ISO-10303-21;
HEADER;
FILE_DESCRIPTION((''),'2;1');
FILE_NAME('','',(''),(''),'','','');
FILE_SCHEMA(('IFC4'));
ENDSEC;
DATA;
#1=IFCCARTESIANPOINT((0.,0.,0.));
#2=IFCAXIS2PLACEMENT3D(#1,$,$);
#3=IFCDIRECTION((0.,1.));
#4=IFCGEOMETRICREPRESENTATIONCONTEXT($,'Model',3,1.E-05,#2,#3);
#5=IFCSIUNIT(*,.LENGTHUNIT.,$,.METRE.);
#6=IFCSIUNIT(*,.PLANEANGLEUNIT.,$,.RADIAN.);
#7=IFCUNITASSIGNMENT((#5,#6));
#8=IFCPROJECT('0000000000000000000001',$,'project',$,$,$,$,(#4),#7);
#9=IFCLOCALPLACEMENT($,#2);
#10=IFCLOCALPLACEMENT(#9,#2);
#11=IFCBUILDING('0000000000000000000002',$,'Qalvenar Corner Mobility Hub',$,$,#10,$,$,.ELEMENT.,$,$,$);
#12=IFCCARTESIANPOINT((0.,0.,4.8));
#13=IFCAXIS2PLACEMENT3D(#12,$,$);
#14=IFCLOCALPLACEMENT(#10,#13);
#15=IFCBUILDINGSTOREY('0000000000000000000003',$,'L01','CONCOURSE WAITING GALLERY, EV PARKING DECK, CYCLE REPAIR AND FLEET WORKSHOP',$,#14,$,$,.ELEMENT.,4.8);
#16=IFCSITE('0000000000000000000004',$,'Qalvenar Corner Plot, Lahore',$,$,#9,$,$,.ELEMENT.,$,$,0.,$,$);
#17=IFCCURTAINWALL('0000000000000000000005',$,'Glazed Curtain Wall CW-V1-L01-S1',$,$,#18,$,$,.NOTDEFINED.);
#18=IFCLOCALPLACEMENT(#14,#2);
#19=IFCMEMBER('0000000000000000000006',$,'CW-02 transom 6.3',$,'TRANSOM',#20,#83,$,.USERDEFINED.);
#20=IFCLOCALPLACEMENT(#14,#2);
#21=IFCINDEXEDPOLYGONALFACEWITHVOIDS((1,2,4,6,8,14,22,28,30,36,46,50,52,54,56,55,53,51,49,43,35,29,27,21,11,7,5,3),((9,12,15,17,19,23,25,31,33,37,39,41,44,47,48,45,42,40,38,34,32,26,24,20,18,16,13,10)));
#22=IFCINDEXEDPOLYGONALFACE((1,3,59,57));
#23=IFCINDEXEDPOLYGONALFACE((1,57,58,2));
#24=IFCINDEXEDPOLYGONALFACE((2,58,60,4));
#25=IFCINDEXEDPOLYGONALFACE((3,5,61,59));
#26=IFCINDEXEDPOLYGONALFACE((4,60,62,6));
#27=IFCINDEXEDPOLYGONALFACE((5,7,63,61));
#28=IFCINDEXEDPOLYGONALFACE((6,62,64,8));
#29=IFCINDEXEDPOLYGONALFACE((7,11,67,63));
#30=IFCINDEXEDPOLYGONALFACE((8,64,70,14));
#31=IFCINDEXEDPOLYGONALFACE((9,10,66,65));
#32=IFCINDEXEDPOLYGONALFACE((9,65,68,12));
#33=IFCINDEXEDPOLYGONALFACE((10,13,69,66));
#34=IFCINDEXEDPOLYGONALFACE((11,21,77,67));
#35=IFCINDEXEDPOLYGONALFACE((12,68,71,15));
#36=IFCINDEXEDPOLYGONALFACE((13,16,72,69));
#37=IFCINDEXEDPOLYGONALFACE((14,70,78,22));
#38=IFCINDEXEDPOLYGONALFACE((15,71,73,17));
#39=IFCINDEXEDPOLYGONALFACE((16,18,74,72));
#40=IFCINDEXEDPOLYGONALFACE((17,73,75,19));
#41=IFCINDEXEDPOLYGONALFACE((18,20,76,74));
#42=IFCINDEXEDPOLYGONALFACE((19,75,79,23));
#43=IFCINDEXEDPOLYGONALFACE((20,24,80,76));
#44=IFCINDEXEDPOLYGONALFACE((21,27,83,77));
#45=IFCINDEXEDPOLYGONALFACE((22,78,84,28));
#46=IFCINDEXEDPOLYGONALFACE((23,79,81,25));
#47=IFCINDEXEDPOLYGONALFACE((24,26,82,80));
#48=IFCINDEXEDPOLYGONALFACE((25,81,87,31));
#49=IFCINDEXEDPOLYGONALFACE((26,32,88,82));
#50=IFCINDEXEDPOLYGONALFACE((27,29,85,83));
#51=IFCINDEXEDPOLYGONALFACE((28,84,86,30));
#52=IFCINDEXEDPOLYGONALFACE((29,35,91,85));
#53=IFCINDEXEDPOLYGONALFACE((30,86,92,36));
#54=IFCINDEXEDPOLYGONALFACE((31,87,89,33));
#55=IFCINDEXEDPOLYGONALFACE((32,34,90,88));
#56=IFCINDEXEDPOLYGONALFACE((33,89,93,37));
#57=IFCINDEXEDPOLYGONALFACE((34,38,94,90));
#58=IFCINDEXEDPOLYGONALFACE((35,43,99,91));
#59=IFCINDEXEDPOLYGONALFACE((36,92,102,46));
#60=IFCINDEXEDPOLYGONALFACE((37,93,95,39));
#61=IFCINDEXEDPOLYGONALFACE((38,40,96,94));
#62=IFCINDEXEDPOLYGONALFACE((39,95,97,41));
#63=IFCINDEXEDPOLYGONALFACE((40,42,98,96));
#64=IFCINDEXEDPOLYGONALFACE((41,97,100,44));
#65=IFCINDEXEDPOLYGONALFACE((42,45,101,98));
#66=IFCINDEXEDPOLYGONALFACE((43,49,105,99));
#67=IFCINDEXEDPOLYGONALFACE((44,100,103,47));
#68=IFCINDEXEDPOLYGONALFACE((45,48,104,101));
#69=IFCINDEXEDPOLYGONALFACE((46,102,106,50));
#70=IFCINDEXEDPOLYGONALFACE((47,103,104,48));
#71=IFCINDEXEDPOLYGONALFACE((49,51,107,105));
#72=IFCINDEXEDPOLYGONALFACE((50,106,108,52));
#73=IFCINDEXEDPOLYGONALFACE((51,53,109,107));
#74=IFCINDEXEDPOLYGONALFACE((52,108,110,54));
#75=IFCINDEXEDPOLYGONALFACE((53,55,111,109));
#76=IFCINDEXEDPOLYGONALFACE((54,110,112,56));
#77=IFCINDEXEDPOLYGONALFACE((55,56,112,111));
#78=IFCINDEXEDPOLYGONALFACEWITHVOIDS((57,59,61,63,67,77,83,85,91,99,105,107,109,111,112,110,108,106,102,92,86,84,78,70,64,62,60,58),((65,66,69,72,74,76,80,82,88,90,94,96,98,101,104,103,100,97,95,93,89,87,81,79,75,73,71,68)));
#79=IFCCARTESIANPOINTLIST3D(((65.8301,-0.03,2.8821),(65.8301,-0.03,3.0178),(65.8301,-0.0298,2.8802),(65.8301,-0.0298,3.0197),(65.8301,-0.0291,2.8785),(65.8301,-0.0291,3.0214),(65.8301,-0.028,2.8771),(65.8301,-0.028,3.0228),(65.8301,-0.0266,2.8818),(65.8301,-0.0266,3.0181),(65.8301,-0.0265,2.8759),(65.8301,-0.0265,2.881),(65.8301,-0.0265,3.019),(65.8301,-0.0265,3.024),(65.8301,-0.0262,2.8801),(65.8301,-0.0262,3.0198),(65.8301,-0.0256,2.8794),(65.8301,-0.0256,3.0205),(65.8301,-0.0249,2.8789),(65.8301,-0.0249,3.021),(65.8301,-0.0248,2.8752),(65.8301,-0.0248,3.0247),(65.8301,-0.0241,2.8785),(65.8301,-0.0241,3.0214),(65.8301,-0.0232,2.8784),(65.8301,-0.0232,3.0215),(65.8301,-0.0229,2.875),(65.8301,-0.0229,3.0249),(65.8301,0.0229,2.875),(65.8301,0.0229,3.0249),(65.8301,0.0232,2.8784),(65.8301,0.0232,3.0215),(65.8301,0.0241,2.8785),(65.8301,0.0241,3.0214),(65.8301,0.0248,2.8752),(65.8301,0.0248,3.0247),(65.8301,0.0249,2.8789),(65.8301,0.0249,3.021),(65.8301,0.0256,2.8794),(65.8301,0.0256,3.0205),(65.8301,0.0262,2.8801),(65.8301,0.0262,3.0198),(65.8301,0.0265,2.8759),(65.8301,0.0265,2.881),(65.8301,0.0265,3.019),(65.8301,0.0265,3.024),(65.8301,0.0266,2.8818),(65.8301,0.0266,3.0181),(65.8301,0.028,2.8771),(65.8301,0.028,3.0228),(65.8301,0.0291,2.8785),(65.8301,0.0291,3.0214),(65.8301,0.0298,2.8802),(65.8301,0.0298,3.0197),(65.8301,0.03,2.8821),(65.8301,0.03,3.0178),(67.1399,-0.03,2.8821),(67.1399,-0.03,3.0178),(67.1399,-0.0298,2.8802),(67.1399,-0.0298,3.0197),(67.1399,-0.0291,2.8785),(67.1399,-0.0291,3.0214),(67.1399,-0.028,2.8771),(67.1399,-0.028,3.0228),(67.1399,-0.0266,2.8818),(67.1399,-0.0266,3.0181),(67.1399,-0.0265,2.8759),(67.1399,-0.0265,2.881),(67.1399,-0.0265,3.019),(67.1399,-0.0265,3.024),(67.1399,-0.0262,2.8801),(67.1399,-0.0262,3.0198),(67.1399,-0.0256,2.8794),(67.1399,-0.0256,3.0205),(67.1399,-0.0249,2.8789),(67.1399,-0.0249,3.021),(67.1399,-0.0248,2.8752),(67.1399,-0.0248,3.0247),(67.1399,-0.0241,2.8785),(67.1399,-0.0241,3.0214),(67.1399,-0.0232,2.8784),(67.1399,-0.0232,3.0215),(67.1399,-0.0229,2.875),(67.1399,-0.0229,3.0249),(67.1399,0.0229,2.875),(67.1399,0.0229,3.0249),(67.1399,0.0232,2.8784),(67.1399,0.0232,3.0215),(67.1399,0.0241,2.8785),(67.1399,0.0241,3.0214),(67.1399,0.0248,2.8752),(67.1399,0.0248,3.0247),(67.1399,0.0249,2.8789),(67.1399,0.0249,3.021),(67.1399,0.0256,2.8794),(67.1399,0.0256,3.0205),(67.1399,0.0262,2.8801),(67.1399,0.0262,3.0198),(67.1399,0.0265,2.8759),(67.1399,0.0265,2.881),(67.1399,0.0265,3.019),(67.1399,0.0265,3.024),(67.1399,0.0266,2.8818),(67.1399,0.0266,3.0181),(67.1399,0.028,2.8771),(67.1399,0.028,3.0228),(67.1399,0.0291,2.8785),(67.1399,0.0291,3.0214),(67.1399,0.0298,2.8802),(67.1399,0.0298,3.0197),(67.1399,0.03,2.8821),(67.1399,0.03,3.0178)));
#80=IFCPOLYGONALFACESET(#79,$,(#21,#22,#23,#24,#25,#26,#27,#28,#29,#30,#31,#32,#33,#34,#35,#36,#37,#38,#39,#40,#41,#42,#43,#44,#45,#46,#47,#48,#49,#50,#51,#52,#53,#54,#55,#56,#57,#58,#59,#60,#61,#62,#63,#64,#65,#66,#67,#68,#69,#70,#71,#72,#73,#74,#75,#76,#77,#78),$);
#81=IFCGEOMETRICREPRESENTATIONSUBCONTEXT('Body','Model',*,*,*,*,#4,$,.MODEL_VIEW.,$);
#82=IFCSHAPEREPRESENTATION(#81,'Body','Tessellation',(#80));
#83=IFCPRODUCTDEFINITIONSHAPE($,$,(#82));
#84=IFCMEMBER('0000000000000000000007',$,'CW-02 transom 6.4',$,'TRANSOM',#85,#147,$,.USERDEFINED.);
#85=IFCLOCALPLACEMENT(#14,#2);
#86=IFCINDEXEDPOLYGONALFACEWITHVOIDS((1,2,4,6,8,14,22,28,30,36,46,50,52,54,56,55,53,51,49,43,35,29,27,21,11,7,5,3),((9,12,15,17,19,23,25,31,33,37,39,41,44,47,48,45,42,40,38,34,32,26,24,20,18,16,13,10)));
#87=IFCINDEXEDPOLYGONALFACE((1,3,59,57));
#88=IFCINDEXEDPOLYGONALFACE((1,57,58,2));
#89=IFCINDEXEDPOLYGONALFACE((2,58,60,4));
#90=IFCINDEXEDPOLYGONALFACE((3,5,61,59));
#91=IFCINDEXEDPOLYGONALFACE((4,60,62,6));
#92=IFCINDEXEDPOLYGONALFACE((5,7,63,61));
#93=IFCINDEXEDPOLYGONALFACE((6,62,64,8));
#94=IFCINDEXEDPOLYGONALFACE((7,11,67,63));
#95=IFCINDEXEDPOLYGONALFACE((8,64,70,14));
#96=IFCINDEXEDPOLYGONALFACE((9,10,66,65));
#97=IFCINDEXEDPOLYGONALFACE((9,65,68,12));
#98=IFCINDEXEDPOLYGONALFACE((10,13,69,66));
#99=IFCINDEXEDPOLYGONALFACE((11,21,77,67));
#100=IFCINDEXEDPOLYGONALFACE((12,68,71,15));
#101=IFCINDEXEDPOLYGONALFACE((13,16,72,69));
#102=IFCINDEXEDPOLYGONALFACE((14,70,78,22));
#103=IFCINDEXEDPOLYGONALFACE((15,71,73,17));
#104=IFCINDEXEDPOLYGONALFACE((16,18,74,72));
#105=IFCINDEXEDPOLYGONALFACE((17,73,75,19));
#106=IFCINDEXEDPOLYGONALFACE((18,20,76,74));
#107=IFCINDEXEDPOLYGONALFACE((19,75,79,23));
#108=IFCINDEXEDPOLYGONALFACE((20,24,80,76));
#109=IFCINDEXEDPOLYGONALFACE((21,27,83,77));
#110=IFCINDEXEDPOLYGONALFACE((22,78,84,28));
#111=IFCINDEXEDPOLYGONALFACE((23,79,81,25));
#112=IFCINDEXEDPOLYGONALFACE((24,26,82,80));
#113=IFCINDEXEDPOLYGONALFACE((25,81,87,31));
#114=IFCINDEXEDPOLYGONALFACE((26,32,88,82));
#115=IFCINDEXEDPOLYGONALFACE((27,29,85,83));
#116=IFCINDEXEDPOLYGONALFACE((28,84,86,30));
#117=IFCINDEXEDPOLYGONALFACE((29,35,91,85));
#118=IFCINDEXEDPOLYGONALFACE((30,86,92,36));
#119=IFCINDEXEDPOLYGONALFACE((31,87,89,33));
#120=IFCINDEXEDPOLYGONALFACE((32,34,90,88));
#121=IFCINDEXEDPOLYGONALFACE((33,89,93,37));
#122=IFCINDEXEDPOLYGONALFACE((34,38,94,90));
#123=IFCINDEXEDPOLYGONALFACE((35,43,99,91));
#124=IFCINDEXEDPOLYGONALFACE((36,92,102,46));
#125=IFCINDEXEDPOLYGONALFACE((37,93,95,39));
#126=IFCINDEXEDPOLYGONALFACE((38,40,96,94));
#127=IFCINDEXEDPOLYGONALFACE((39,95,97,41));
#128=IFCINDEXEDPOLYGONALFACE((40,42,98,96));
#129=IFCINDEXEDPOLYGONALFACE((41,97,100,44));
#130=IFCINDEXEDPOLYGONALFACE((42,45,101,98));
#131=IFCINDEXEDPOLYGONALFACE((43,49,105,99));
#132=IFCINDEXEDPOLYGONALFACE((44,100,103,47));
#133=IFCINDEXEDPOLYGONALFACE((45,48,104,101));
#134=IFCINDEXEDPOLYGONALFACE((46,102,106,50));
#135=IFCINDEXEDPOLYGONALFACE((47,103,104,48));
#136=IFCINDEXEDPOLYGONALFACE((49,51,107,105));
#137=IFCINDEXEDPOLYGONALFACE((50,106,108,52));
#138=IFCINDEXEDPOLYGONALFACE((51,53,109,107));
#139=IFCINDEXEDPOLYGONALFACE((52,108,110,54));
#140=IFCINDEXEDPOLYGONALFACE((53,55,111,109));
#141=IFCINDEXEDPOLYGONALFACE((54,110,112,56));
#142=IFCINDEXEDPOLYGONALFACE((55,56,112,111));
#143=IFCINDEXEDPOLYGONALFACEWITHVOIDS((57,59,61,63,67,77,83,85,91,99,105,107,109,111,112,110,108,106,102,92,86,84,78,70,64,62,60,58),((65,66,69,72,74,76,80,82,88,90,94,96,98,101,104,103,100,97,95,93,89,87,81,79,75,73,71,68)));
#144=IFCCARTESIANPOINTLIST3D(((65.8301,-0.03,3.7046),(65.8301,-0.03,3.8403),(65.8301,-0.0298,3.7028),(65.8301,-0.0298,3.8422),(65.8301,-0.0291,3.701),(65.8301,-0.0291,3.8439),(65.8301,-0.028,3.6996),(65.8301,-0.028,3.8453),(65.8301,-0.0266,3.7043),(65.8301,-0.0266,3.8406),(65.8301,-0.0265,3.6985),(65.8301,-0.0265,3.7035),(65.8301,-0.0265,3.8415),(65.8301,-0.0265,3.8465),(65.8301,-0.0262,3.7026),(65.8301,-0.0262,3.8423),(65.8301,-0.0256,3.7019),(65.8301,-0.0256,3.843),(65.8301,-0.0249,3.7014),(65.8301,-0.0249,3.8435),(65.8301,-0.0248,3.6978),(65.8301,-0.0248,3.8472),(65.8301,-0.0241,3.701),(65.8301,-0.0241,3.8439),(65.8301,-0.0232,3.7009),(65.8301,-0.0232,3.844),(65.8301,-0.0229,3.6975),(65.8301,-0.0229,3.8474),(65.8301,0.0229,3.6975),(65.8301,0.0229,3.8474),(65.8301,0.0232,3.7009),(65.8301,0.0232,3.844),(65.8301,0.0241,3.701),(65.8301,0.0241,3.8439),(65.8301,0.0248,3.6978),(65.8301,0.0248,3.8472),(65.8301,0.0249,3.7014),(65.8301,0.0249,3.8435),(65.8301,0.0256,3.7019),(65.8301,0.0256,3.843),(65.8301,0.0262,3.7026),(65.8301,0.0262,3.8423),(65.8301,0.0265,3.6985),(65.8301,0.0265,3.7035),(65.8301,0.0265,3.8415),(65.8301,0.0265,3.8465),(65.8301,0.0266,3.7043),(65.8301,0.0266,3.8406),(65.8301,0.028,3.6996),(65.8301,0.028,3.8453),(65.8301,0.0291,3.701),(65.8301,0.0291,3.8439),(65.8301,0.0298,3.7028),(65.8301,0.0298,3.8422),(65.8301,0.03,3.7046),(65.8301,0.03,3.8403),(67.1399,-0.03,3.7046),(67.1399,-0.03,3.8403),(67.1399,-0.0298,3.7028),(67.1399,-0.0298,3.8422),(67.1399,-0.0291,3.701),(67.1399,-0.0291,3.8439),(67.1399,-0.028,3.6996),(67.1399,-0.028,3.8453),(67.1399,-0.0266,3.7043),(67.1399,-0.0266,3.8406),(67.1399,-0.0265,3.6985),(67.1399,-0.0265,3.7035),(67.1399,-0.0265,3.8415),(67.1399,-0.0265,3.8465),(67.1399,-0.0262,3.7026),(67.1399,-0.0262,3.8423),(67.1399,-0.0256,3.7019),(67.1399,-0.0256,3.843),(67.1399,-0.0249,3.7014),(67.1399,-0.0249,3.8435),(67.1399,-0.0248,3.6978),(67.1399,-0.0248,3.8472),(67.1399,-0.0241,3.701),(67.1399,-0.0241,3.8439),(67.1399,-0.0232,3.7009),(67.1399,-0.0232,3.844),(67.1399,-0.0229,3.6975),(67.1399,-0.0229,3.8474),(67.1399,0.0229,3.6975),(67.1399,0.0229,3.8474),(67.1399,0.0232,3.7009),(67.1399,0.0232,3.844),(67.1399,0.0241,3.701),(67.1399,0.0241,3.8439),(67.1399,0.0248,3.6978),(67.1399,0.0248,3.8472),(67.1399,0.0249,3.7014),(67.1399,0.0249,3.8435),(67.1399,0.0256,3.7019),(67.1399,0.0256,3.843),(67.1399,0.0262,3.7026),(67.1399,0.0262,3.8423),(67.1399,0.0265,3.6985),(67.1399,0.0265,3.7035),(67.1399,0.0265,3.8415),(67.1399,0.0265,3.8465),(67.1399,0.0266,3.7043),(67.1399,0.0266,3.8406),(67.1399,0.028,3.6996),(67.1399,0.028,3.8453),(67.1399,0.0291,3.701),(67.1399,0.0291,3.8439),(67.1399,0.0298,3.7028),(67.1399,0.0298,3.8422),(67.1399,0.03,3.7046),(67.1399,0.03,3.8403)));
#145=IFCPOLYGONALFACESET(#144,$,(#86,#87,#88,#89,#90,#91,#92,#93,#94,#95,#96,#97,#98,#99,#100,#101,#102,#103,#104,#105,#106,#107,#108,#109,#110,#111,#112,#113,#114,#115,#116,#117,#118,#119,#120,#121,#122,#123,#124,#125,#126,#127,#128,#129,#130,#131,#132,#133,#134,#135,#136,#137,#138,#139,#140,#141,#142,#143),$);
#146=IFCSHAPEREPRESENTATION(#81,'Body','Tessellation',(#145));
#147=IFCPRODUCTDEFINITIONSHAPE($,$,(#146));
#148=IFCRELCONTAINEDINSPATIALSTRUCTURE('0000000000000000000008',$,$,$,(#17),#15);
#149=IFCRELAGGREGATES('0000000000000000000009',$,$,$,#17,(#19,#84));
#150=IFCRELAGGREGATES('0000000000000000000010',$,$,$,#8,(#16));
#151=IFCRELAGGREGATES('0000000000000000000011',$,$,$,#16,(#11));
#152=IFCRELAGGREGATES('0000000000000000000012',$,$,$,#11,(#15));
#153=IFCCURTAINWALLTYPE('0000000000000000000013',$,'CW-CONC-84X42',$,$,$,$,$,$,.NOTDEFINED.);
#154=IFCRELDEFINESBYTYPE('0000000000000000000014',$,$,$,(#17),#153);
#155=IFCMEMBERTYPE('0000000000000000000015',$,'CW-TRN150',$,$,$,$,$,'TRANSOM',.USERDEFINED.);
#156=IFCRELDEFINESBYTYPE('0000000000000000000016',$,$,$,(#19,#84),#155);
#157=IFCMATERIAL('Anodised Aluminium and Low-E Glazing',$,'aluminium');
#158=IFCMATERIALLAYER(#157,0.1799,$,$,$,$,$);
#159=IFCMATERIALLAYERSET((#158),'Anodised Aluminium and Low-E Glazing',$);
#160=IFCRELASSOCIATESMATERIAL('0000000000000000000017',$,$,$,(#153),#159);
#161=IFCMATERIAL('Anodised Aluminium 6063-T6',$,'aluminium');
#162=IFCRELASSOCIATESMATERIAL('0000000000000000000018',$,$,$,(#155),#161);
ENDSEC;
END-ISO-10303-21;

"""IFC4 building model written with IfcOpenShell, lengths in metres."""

from ifc_helpers import new_model, si_unit, direction, frame, origin, origin_2d, place, context, subcontext, project, spatial, hollow_rectangle, extrude, material, layer, layer_set, material_profile, profile_set, type_object, element, aggregate, save


model = new_model("IFC4")

# Units and contexts
model_context = context("Model", 3, precision=1e-05, world=origin(), true_north=direction((0.0, 1.0)))
body_context = subcontext(model_context, "Body", "Model", "MODEL_VIEW")
ifc_project = project(units=[si_unit("LENGTHUNIT", "METRE"), si_unit("PLANEANGLEUNIT", "RADIAN")], contexts=[model_context])

# Site, building, storey
site_placement = place(None, origin())
site = spatial("IfcSite", under=ifc_project, at=site_placement, Name="Qalvenar Corner Plot, Lahore", CompositionType="ELEMENT", RefElevation=0.0)
building_placement = place(site_placement, origin())
building = spatial("IfcBuilding", under=site, at=building_placement, Name="Qalvenar Corner Mobility Hub", CompositionType="ELEMENT")
storey_placement = place(building_placement, frame((0.0, 0.0, 4.8)))
storey = spatial("IfcBuildingStorey", under=building, at=storey_placement, Name="L01", Description="CONCOURSE WAITING GALLERY, EV PARKING DECK, CYCLE REPAIR AND FLEET WORKSHOP", CompositionType="ELEMENT", Elevation=4.8)

# Curtain wall
ifc_material_1 = material(Name="Anodised Aluminium and Low-E Glazing", Category="aluminium")
ifc_layer_1 = layer(ifc_material_1, 0.1799)
ifc_layer_set_1 = layer_set([ifc_layer_1], Name="Anodised Aluminium and Low-E Glazing")
curtain_wall_type = type_object("IfcCurtainWallType", Name="CW-CONC-84X42", PredefinedType="NOTDEFINED", material=ifc_layer_set_1)
curtain_wall_1_placement = place(storey_placement, origin())
curtain_wall_1 = element("IfcCurtainWall", 1, at=curtain_wall_1_placement, inside=storey, type_object=curtain_wall_type, Name="Glazed Curtain Wall CW-V1-L01-S1", PredefinedType="NOTDEFINED")
ifc_material_2 = material(Name="Anodised Aluminium 6063-T6", Category="aluminium")

# Members
ifc_material_profile_1 = material_profile(ifc_material_2, hollow_rectangle(XDim=0.0601, YDim=0.1499, WallThickness=0.0034, InnerFilletRadius=0.0034, OuterFilletRadius=0.0071, at=origin_2d()), Name="RHS150x60x3.5")
ifc_profile_set_1 = profile_set([ifc_material_profile_1], Name="Anodised Aluminium 6063-T6")
member_type_1 = type_object("IfcMemberType", Name="CW-TRN150", ElementType="TRANSOM", PredefinedType="USERDEFINED", material=ifc_profile_set_1)
member_1_placement = place(storey_placement, frame((65.8301, 0.0, 2.95), z_axis=(1.0, 0.0, 0.0), x_axis=(0.0, 1.0, 0.0)))
member_1 = element("IfcMember", 2, at=member_1_placement, type_object=member_type_1, Name="CW-02 transom 6.3", ObjectType="TRANSOM", PredefinedType="USERDEFINED", context=body_context, shape_type="SweptSolid", body=[
    extrude(hollow_rectangle(XDim=0.0601, YDim=0.1499, WallThickness=0.0034, InnerFilletRadius=0.0034, OuterFilletRadius=0.0071, at=origin_2d()), origin(), (0.0, 0.0, 1.0), 1.3098),
])
member_2_placement = place(storey_placement, frame((65.8301, 0.0, 3.7725), z_axis=(1.0, 0.0, 0.0), x_axis=(0.0, 1.0, 0.0)))
member_2 = element("IfcMember", 3, at=member_2_placement, type_object=member_type_1, Name="CW-02 transom 6.4", ObjectType="TRANSOM", PredefinedType="USERDEFINED", context=body_context, shape_type="SweptSolid", body=[
    extrude(hollow_rectangle(XDim=0.0601, YDim=0.1499, WallThickness=0.0034, InnerFilletRadius=0.0034, OuterFilletRadius=0.0071, at=origin_2d()), origin(), (0.0, 0.0, 1.0), 1.3098),
])

aggregate(curtain_wall_1, [member_1, member_2])

save(model, "model.ifc")
